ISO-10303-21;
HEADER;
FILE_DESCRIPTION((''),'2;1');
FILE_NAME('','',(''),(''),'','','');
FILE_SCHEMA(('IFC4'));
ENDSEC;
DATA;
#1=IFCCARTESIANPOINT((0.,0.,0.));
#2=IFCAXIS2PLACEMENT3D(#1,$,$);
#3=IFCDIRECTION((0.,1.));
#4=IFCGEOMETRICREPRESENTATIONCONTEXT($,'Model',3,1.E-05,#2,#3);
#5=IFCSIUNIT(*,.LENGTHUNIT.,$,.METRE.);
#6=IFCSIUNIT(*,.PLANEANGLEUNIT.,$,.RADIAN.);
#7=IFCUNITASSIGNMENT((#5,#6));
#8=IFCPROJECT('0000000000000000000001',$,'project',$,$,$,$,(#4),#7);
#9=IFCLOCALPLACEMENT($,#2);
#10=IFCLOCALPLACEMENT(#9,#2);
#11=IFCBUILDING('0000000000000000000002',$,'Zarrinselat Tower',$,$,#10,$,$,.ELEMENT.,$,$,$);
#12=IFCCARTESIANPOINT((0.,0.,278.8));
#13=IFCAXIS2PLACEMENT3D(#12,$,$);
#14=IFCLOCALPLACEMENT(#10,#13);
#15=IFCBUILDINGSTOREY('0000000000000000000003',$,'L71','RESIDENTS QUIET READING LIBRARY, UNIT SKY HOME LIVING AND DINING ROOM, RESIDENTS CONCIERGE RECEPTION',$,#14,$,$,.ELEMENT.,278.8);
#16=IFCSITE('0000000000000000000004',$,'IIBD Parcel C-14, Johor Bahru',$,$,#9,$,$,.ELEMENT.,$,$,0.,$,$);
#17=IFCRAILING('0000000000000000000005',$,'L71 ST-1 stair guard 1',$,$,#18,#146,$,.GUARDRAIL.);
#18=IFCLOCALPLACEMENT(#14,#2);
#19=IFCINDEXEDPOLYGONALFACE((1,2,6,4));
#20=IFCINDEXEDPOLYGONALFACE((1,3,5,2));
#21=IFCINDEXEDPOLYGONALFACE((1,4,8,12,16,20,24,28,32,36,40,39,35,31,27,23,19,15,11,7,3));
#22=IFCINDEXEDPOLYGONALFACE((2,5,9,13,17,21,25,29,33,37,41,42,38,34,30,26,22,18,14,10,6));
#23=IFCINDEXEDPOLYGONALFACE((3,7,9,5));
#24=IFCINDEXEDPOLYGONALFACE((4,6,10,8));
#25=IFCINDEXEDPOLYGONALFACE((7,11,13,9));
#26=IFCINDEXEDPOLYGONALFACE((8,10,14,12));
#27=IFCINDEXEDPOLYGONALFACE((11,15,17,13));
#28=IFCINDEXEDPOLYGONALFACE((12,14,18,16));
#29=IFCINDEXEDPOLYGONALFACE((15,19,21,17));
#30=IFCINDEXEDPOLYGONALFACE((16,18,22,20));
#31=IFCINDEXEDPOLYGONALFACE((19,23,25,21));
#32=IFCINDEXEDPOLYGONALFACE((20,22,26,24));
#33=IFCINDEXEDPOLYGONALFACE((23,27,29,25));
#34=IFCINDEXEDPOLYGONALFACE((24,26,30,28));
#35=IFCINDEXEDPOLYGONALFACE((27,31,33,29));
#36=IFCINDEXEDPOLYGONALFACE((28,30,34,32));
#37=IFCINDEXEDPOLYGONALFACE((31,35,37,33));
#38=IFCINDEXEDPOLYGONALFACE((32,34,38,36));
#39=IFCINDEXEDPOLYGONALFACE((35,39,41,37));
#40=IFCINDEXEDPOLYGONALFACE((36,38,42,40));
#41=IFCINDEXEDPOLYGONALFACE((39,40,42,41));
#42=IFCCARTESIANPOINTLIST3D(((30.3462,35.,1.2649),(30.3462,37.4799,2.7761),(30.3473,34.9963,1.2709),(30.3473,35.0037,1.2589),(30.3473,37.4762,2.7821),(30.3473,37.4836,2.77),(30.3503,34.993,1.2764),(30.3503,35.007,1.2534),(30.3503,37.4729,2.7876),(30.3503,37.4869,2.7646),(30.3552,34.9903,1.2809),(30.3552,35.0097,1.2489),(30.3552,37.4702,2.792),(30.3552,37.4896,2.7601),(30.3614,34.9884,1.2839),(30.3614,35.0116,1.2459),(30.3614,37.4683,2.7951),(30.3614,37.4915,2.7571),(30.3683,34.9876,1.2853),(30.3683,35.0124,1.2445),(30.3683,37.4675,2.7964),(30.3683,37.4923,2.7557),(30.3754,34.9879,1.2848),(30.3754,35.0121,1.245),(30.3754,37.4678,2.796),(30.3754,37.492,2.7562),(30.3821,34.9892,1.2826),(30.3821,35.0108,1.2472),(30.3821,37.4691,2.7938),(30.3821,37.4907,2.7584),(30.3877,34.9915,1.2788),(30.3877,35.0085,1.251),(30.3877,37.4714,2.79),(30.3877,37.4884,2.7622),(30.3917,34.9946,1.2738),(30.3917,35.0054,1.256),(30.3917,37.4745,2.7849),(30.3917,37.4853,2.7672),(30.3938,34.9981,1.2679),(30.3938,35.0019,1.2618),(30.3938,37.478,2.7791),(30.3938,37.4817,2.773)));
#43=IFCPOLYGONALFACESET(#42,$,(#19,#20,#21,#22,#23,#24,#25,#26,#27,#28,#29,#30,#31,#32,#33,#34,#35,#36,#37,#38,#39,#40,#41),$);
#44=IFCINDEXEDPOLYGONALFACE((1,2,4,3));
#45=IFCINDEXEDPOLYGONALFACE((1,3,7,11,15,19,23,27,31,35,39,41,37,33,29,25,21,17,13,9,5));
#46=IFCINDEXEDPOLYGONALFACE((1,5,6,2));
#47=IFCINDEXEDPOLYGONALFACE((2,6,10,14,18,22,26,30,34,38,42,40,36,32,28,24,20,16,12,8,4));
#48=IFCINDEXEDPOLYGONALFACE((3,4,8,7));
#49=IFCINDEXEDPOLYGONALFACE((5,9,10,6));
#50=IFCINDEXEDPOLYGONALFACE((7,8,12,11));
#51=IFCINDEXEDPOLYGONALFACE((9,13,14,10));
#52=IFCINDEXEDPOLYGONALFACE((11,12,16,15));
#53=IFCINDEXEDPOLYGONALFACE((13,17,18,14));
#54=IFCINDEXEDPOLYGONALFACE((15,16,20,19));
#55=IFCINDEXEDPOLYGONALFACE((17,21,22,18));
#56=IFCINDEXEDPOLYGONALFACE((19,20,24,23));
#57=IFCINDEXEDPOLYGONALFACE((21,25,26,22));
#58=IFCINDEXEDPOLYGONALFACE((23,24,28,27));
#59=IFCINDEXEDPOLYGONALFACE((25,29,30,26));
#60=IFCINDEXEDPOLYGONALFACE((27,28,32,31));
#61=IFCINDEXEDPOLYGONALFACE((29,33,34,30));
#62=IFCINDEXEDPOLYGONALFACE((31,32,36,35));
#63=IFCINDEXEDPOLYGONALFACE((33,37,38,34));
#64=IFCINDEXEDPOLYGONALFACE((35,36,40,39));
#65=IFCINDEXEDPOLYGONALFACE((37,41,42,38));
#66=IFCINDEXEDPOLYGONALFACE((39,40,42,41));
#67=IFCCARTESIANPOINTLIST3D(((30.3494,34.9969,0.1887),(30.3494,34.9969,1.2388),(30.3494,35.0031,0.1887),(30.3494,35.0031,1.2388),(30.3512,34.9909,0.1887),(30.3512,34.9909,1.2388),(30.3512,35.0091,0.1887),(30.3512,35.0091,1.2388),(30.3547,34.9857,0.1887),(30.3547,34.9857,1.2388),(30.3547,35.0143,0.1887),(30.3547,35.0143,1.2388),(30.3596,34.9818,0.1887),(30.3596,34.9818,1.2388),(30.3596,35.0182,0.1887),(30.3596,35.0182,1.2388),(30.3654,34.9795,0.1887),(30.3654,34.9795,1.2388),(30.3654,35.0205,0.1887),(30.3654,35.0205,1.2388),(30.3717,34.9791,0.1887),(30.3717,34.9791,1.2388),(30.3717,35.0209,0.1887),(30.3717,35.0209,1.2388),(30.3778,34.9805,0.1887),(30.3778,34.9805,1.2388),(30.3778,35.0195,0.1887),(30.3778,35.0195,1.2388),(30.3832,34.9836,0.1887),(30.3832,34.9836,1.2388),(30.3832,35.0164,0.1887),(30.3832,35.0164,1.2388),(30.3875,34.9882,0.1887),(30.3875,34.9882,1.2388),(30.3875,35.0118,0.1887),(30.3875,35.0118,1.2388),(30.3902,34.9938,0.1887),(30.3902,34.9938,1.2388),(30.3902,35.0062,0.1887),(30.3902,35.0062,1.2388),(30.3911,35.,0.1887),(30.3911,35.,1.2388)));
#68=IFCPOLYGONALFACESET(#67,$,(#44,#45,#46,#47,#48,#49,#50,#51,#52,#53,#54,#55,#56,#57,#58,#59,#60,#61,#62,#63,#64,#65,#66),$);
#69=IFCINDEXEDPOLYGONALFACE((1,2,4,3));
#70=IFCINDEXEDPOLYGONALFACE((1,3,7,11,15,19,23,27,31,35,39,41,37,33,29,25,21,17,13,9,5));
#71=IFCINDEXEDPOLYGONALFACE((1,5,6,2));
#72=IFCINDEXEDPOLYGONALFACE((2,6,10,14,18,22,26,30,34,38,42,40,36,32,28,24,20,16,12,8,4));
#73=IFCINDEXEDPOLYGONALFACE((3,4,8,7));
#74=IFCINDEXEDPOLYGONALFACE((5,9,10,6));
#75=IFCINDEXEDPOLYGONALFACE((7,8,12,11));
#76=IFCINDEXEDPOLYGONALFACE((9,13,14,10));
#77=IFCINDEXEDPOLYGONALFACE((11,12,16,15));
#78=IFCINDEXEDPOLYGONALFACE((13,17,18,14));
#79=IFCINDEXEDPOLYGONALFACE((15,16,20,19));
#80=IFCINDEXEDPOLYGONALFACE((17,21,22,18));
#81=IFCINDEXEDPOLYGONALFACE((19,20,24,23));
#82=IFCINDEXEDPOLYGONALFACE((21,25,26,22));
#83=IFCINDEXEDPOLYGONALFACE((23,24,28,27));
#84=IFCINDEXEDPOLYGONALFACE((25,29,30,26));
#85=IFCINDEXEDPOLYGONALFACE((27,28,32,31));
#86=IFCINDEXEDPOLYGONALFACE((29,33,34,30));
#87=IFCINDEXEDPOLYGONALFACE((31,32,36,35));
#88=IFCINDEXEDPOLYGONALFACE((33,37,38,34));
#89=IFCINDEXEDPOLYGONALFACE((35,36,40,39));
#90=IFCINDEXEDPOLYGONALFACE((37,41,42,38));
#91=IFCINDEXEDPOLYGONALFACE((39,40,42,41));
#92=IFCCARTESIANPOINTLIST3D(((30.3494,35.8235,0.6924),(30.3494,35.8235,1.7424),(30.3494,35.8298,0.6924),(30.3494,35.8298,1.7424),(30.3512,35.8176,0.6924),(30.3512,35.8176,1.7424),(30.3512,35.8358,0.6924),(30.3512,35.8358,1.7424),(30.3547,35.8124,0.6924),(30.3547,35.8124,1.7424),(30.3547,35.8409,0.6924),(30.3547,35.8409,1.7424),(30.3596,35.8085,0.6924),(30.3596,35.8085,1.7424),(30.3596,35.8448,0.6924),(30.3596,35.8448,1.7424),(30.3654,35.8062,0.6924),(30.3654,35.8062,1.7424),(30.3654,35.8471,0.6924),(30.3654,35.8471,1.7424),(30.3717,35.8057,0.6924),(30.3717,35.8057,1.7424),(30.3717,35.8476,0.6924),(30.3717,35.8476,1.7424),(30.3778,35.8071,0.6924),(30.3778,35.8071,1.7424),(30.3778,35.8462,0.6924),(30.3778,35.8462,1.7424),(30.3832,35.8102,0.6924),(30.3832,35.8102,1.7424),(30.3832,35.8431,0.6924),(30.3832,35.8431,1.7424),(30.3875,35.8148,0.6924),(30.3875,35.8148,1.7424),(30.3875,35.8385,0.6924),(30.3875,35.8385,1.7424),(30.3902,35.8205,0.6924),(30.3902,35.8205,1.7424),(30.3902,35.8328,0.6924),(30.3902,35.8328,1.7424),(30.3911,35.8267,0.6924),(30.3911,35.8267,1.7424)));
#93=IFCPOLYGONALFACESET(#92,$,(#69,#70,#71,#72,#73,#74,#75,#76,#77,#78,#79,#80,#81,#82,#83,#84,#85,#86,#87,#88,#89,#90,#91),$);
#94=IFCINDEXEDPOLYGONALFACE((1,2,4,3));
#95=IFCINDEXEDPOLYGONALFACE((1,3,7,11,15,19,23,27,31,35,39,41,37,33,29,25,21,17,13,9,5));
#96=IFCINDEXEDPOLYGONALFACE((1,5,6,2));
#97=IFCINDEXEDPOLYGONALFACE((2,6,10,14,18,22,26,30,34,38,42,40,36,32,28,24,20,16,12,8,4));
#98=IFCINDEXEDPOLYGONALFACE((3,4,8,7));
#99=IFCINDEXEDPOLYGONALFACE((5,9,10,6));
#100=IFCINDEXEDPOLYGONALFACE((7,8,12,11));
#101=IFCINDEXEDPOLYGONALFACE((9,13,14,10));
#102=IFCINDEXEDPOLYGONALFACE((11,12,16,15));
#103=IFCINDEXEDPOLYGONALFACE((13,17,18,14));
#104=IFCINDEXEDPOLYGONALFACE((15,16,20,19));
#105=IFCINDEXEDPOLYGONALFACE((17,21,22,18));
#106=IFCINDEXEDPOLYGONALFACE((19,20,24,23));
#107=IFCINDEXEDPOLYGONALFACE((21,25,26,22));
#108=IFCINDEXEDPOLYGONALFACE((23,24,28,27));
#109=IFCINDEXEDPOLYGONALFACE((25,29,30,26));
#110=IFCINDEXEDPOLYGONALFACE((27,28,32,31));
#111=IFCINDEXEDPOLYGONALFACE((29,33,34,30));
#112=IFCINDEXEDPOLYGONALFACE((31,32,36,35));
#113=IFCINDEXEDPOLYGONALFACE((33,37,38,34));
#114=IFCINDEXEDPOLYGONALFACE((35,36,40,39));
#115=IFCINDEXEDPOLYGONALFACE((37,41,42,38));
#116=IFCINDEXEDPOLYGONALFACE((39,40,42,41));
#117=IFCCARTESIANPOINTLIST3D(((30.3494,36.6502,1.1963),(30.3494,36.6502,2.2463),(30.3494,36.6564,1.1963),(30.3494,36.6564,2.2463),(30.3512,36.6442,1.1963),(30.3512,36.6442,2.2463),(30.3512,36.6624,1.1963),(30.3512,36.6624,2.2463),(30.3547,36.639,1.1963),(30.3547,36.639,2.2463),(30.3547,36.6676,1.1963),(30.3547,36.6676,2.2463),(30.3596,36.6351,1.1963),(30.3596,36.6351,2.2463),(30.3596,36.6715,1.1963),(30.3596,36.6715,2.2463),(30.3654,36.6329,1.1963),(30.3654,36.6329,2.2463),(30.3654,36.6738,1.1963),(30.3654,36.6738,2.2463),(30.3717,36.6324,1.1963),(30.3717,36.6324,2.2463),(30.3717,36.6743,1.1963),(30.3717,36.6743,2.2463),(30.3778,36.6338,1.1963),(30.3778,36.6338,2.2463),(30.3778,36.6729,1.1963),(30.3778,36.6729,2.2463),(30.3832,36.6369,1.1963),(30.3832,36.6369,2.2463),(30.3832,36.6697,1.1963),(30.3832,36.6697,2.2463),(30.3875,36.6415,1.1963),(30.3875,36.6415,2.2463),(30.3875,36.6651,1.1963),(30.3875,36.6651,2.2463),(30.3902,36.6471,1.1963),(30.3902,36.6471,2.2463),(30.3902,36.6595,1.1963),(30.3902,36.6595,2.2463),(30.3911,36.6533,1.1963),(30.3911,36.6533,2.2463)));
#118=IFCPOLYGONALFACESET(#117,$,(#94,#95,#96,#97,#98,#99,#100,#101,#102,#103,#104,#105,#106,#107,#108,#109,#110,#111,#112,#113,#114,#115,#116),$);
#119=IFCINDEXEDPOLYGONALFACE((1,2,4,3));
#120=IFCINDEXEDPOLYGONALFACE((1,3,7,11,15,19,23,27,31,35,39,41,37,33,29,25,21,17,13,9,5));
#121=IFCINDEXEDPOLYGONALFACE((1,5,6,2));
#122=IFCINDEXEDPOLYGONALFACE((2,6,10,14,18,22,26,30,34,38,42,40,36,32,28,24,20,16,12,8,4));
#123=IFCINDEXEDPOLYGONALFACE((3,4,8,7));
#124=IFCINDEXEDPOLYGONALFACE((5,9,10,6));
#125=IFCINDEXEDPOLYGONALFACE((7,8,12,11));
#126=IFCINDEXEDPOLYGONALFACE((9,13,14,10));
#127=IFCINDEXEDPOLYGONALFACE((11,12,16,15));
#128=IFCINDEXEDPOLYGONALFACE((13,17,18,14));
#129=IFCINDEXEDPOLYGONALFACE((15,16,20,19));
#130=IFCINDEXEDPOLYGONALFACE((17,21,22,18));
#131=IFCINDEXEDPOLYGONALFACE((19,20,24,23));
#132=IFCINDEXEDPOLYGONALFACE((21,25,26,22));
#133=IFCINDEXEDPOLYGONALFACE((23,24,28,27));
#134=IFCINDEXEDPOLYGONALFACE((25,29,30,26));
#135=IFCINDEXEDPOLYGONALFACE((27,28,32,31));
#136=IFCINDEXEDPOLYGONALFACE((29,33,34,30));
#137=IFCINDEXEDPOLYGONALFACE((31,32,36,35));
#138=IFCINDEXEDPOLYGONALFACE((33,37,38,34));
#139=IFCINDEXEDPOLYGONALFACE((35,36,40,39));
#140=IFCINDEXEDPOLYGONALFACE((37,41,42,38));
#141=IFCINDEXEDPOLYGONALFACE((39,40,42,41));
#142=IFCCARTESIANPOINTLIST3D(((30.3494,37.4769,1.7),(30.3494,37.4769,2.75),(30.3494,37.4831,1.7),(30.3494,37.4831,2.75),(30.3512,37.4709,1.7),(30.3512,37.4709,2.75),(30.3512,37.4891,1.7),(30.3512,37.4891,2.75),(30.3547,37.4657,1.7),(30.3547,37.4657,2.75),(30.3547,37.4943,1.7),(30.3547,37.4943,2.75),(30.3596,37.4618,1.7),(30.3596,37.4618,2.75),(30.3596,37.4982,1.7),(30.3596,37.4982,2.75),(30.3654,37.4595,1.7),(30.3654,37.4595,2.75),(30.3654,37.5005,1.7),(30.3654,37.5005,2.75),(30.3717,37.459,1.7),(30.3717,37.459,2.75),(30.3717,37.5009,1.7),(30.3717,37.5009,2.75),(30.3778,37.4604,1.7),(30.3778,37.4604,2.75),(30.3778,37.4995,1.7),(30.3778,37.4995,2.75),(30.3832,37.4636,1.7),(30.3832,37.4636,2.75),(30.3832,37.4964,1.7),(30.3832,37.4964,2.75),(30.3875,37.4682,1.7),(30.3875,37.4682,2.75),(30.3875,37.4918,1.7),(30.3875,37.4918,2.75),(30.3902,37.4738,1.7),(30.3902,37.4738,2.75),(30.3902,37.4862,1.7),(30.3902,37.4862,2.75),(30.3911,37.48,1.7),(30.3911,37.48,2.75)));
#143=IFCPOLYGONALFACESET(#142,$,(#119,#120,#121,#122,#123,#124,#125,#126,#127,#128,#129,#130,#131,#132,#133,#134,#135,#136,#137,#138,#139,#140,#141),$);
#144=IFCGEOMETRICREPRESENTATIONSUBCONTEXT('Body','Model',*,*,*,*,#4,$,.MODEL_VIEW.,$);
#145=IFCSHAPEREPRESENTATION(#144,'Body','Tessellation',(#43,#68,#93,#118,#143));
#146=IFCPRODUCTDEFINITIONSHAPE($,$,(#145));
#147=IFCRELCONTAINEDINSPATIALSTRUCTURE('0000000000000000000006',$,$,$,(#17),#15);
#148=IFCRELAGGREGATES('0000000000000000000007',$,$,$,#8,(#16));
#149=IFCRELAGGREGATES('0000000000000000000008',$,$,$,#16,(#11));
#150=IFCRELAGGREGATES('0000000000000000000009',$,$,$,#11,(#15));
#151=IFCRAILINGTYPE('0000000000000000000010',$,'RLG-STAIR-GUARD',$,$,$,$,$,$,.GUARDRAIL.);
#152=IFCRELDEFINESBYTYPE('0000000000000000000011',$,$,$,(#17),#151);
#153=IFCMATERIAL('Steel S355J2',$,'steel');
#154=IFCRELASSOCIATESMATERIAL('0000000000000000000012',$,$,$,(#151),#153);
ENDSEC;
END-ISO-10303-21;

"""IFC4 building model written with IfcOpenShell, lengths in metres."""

from ifc_helpers import new_model, si_unit, direction, frame, origin, origin_2d, place, context, subcontext, project, spatial, circle, extrude, material, type_object, element, save


model = new_model("IFC4")

# Units and contexts
model_context = context("Model", 3, precision=1e-05, world=origin(), true_north=direction((0.0, 1.0)))
body_context = subcontext(model_context, "Body", "Model", "MODEL_VIEW")
ifc_project = project(units=[si_unit("LENGTHUNIT", "METRE"), si_unit("PLANEANGLEUNIT", "RADIAN")], contexts=[model_context])

# Site, building, storey
site_placement = place(None, origin())
site = spatial("IfcSite", under=ifc_project, at=site_placement, Name="IIBD Parcel C-14, Johor Bahru", CompositionType="ELEMENT", RefElevation=0.0)
building_placement = place(site_placement, origin())
building = spatial("IfcBuilding", under=site, at=building_placement, Name="Zarrinselat Tower", CompositionType="ELEMENT")
storey_placement = place(building_placement, frame((0.0, 0.0, 278.8)))
storey = spatial("IfcBuildingStorey", under=building, at=storey_placement, Name="L71", Description="RESIDENTS QUIET READING LIBRARY, UNIT SKY HOME LIVING AND DINING ROOM, RESIDENTS CONCIERGE RECEPTION", CompositionType="ELEMENT", Elevation=278.8)

# Railing
ifc_material_1 = material(Name="Steel S355J2", Category="steel")
railing_type_1 = type_object("IfcRailingType", Name="RLG-STAIR-GUARD", PredefinedType="GUARDRAIL", material=ifc_material_1)
railing_1_placement = place(storey_placement, frame((30.3701, 35.0, 0.1887)))
element("IfcRailing", 1, at=railing_1_placement, inside=storey, type_object=railing_type_1, Name="L71 ST-1 stair guard 1", PredefinedType="GUARDRAIL", context=body_context, shape_type="SweptSolid", body=[
    extrude(circle(Radius=0.0239, at=origin_2d()), frame((0.0, 0.0, 1.0762), z_axis=(0.0, 0.853942, 0.520368), x_axis=(-1.0, 0.0, 0.0)), (0.0, 0.0, 1.0), 2.9041),
    extrude(circle(Radius=0.021, at=origin_2d()), origin(), (0.0, 0.0, 1.0), 1.05),
    extrude(circle(Radius=0.021, at=origin_2d()), frame((0.0, 0.8267, 0.5037)), (0.0, 0.0, 1.0), 1.05),
    extrude(circle(Radius=0.021, at=origin_2d()), frame((0.0, 1.6533, 1.0076)), (0.0, 0.0, 1.0), 1.05),
    extrude(circle(Radius=0.021, at=origin_2d()), frame((0.0, 2.48, 1.5112)), (0.0, 0.0, 1.0), 1.05),
])

save(model, "model.ifc")
